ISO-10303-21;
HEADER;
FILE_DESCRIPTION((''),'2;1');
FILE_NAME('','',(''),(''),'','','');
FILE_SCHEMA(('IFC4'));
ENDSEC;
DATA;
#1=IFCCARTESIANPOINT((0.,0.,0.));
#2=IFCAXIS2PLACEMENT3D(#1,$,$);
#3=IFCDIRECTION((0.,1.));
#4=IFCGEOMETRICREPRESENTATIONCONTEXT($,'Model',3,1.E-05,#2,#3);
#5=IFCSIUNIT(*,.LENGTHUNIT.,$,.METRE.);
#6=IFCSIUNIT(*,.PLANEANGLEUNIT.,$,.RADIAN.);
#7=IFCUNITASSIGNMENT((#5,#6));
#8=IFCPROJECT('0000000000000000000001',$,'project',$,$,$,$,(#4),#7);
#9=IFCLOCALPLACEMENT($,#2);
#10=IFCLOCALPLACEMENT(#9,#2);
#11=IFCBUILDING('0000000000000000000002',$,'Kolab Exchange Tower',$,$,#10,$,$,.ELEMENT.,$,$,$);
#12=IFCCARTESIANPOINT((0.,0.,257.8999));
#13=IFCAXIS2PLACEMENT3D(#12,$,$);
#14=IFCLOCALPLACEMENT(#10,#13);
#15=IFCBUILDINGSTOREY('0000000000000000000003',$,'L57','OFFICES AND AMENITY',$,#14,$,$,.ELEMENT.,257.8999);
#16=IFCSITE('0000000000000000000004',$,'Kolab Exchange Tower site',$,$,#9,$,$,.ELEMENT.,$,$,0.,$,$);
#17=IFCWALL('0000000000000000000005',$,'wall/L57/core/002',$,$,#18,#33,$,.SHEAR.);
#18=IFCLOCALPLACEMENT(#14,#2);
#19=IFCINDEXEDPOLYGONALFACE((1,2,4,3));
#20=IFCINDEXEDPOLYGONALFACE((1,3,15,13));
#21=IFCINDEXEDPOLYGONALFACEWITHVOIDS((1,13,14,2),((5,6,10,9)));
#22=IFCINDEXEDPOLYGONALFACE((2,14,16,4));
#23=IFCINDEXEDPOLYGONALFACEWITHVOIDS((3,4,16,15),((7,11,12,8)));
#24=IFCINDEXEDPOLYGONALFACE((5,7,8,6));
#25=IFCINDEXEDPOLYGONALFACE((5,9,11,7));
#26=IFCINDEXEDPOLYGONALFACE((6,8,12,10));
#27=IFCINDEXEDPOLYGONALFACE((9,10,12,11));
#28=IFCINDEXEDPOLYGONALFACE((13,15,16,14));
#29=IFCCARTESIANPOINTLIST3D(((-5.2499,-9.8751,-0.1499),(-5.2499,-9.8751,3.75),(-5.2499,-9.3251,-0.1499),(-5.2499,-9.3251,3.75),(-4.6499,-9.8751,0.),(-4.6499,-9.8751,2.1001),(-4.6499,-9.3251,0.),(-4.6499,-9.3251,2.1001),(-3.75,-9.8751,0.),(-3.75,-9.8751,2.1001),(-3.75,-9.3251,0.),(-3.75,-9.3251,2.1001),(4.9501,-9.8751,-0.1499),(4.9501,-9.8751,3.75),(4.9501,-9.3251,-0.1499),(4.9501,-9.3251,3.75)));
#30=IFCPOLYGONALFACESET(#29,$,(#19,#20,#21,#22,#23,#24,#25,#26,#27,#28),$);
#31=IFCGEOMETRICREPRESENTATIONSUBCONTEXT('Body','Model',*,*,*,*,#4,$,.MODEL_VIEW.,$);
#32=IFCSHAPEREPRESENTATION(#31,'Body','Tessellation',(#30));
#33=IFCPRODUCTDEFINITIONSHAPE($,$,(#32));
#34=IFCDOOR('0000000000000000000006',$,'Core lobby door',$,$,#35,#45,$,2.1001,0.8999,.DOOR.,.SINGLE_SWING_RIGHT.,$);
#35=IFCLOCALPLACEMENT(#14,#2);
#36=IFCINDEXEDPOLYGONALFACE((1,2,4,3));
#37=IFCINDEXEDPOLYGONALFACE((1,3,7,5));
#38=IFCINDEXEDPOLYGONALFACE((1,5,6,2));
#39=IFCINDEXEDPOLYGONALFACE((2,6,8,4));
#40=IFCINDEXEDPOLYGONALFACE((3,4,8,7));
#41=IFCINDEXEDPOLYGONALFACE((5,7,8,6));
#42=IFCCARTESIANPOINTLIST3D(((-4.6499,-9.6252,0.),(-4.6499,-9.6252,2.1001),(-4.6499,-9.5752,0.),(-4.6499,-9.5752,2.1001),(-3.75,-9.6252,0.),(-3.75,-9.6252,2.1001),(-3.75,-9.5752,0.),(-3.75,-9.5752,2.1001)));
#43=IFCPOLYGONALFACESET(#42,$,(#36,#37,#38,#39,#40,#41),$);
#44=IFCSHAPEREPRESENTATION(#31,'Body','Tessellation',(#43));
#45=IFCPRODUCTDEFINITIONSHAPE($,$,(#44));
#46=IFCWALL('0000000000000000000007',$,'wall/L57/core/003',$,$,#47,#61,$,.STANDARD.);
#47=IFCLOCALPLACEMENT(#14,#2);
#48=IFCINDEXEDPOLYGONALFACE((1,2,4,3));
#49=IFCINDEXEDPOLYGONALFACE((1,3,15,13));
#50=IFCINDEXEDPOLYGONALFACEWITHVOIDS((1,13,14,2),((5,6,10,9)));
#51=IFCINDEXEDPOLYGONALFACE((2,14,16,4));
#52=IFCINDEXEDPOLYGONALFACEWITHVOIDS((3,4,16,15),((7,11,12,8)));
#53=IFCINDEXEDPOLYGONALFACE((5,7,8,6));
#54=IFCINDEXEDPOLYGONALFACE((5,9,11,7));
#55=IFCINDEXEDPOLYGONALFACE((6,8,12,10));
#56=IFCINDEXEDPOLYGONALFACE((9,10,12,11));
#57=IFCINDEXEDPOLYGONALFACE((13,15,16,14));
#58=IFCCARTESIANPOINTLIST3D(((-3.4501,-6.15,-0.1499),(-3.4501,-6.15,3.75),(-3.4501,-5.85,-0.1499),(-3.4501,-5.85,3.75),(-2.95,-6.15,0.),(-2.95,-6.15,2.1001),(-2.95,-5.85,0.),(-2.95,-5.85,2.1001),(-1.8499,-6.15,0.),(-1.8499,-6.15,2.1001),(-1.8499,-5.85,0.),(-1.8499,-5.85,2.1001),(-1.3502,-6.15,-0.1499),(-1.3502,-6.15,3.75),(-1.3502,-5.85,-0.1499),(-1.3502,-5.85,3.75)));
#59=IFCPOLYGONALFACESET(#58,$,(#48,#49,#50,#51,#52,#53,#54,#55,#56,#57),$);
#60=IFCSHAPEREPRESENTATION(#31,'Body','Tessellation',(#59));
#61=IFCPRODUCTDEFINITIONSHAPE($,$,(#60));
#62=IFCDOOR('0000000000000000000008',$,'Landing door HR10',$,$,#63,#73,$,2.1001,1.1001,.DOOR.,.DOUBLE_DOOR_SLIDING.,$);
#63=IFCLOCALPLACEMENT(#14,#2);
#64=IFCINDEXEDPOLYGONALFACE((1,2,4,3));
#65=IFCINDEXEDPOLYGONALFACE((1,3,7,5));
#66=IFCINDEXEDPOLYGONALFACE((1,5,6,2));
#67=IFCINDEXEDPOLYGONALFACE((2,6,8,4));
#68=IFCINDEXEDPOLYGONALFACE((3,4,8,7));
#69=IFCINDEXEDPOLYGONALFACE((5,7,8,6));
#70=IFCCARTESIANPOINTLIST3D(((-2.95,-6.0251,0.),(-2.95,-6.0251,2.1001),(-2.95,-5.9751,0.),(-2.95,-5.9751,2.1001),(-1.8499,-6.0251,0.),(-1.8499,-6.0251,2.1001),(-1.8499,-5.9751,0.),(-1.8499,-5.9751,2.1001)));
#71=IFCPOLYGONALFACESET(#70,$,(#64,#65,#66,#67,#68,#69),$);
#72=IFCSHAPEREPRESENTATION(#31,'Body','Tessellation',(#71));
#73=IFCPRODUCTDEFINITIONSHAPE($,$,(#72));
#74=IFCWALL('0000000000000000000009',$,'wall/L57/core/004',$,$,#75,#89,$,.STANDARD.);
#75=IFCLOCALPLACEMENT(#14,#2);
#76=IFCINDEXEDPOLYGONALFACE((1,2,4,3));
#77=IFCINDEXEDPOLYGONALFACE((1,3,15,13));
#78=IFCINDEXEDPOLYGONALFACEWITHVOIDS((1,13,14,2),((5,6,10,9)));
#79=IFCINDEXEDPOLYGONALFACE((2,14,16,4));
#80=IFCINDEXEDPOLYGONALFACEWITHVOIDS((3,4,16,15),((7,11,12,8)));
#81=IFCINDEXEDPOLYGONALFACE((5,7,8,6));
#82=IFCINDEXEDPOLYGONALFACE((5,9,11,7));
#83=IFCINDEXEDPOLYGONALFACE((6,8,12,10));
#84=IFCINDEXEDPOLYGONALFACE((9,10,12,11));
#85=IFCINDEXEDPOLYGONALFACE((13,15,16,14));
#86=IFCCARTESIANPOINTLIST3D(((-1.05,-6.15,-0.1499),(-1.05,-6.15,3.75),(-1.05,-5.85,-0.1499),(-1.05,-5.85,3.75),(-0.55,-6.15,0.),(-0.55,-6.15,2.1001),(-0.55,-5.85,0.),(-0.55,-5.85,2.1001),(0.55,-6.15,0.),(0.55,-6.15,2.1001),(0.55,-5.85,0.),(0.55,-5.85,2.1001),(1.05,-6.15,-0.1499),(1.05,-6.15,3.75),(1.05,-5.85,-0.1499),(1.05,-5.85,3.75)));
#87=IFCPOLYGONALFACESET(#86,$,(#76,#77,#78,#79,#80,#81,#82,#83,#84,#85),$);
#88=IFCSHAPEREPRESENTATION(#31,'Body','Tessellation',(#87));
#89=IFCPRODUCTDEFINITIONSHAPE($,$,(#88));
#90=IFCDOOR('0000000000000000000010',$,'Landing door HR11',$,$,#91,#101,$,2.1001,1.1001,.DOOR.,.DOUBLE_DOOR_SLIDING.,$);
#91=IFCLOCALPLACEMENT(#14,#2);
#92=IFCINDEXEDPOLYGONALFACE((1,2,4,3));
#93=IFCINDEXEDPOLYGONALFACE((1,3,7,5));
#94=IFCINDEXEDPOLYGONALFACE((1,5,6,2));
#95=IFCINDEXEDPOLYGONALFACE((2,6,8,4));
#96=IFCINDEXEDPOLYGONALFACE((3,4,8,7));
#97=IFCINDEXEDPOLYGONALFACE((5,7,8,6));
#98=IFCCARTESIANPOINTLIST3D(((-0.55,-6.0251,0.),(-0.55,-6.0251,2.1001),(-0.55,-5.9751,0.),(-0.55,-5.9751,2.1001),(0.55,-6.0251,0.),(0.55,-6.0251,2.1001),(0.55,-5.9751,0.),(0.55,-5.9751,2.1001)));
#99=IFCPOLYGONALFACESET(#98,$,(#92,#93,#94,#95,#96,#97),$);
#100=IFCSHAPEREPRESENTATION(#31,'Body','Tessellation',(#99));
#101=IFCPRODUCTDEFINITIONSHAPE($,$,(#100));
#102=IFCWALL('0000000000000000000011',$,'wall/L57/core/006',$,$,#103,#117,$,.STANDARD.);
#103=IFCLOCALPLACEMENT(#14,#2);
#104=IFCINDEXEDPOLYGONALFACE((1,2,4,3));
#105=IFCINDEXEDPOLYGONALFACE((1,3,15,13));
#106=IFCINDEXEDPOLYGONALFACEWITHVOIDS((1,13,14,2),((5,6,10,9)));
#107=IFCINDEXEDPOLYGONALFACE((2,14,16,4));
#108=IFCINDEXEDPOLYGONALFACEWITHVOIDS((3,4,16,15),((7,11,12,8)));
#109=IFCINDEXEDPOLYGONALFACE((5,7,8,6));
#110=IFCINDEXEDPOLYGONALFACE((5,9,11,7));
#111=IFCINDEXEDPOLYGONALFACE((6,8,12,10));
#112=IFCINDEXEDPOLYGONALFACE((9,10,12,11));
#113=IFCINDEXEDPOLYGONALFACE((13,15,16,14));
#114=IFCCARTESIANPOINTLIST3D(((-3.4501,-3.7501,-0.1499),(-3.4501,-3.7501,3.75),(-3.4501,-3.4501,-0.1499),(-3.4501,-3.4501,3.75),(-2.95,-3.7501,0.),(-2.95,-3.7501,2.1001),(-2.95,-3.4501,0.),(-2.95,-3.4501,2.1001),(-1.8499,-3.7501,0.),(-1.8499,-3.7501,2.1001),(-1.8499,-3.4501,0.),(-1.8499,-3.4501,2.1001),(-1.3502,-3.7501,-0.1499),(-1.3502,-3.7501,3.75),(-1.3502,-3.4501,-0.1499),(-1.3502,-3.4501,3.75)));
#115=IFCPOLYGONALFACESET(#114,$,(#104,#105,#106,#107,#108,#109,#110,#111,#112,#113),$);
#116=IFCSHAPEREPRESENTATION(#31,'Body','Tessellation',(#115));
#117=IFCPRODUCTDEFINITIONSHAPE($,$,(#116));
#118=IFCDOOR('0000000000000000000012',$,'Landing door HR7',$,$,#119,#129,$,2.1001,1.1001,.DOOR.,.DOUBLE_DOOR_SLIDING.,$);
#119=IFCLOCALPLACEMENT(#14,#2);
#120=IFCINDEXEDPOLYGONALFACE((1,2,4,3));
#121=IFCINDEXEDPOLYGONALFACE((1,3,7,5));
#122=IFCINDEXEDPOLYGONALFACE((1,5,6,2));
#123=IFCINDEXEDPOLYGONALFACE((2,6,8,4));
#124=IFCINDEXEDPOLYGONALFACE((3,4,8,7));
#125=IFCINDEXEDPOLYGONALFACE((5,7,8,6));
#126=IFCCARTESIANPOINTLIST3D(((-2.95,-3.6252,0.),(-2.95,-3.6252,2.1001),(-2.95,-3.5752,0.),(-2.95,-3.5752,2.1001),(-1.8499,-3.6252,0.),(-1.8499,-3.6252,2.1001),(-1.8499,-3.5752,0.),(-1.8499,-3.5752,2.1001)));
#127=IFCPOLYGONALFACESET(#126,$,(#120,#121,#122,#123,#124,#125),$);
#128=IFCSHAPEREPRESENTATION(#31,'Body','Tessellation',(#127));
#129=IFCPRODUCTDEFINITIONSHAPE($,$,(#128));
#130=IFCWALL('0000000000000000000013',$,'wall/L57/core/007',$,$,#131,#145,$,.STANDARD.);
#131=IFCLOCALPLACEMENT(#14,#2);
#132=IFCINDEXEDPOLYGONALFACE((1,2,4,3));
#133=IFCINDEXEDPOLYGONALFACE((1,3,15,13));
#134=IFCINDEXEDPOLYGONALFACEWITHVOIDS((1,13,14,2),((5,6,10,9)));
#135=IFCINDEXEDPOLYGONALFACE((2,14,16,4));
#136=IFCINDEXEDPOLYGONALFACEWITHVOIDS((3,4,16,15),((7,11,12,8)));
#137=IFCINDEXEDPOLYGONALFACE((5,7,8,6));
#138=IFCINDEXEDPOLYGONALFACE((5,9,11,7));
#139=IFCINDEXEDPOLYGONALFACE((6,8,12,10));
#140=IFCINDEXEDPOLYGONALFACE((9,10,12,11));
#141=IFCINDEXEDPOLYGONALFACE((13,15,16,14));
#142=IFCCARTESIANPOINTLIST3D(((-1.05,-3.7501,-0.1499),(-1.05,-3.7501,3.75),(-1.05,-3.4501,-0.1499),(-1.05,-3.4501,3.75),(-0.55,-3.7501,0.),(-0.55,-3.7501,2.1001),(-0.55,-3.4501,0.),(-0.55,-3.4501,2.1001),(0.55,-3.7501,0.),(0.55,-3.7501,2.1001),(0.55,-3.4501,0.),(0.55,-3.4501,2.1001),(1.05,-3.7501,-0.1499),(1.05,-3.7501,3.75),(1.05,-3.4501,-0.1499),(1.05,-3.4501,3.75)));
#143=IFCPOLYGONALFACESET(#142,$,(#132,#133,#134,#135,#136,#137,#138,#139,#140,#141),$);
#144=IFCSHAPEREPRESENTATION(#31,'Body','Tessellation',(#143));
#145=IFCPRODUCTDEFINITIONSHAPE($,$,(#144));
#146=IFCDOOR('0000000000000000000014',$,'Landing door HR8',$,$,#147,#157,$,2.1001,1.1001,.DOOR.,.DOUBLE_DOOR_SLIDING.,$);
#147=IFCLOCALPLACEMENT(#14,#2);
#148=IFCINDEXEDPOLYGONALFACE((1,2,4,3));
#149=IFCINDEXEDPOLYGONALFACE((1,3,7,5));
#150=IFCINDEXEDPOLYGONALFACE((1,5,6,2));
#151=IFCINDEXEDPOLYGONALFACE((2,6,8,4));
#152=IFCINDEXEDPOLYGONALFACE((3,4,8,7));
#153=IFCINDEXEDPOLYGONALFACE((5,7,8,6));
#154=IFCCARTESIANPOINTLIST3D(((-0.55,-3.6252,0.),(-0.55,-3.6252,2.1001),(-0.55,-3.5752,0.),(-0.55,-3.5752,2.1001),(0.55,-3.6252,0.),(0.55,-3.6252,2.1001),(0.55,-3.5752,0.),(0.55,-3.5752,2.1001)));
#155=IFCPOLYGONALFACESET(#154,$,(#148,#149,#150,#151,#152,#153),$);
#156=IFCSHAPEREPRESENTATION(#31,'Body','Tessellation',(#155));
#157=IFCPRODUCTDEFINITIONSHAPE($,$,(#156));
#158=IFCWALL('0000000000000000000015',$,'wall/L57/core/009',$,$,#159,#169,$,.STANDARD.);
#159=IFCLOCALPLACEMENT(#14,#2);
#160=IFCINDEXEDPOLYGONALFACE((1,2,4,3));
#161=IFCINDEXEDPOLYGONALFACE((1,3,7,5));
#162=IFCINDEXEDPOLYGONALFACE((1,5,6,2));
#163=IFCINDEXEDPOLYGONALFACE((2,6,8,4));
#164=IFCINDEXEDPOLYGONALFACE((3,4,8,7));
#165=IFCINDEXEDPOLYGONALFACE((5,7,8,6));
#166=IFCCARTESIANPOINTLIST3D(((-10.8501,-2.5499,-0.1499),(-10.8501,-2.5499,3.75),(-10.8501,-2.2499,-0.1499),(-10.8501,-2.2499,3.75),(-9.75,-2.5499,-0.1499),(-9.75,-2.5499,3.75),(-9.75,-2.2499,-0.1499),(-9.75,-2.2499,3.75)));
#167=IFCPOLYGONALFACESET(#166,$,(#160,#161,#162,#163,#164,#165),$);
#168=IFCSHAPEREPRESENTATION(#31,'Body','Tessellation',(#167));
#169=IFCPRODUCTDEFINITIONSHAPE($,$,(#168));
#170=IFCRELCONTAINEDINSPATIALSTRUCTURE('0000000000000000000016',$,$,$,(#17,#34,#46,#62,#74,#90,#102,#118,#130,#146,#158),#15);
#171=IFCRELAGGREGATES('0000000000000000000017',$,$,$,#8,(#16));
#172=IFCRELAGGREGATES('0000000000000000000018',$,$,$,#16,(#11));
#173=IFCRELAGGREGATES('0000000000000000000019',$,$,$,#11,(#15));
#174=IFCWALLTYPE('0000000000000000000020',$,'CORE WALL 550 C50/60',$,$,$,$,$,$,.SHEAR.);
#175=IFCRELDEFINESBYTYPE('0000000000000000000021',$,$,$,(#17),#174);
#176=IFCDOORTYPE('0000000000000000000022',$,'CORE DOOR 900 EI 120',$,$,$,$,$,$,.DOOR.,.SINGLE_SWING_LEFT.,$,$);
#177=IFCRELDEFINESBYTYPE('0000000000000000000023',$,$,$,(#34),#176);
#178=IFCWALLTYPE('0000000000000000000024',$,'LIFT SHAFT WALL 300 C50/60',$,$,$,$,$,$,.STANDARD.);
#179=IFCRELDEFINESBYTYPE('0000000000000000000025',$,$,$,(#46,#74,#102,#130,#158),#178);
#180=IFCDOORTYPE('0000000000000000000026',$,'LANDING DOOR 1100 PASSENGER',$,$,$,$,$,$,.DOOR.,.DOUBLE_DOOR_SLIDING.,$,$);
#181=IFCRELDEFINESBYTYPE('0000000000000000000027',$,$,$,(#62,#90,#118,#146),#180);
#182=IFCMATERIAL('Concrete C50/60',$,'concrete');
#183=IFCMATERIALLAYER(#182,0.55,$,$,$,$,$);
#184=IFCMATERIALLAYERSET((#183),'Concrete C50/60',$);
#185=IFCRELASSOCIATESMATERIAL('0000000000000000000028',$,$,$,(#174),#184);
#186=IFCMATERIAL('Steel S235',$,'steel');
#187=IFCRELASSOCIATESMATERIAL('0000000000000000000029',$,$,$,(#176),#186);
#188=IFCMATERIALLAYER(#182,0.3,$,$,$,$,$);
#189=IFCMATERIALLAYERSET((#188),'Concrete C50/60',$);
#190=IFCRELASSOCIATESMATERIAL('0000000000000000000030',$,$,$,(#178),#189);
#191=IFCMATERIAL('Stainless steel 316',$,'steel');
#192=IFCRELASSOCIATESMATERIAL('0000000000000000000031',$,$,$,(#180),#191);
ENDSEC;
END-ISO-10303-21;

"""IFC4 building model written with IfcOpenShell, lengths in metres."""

from ifc_helpers import new_model, si_unit, direction, frame, frame_2d, origin, place, context, subcontext, project, spatial, rectangle, extrude, material, layer, layer_set, type_object, element, fill, save


model = new_model("IFC4")

# Units and contexts
model_context = context("Model", 3, precision=1e-05, world=origin(), true_north=direction((0.0, 1.0)))
body_context = subcontext(model_context, "Body", "Model", "MODEL_VIEW")
ifc_project = project(units=[si_unit("LENGTHUNIT", "METRE"), si_unit("PLANEANGLEUNIT", "RADIAN")], contexts=[model_context])

# Site, building, storey
site_placement = place(None, origin())
site = spatial("IfcSite", under=ifc_project, at=site_placement, Name="Kolab Exchange Tower site", CompositionType="ELEMENT", RefElevation=0.0)
building_placement = place(site_placement, origin())
building = spatial("IfcBuilding", under=site, at=building_placement, Name="Kolab Exchange Tower", CompositionType="ELEMENT")
storey_placement = place(building_placement, frame((0.0, 0.0, 257.8999)))
storey = spatial("IfcBuildingStorey", under=building, at=storey_placement, Name="L57", Description="OFFICES AND AMENITY", CompositionType="ELEMENT", Elevation=257.8999)

# Walls, openings, doors
ifc_material_1 = material(Name="Concrete C50/60", Category="concrete")
ifc_layer_1 = layer(ifc_material_1, 0.55)
ifc_layer_set_1 = layer_set([ifc_layer_1], Name="Concrete C50/60")
wall_type_1 = type_object("IfcWallType", Name="CORE WALL 550 C50/60", PredefinedType="SHEAR", material=ifc_layer_set_1)
wall_1_placement = place(storey_placement, frame((-5.25, -9.6001, -0.1499), z_axis=(0.0, 0.0, 1.0), x_axis=(1.0, 0.0, 0.0)))
wall_1 = element("IfcWall", 1, at=wall_1_placement, inside=storey, type_object=wall_type_1, Name="wall/L57/core/002", PredefinedType="SHEAR", context=body_context, shape_type="SweptSolid", body=[
    extrude(rectangle(XDim=10.2, YDim=0.55, at=frame_2d((5.1001, 0.0))), origin(), (0.0, 0.0, 1.0), 3.8999),
])
opening_1_placement = place(wall_1_placement, frame((0.6001, 0.0, 0.1499)))
opening_1 = element("IfcOpeningElement", 2, at=opening_1_placement, cuts=wall_1, PredefinedType="OPENING", context=body_context, shape_type="SweptSolid", body=[
    extrude(rectangle(XDim=0.8999, YDim=2.1001, at=frame_2d((0.45, 1.05))), frame((0.0, 0.2852, 0.0), z_axis=(0.0, -1.0, 0.0), x_axis=(1.0, 0.0, 0.0)), (0.0, 0.0, 1.0), 0.5701),
])
ifc_material_2 = material(Name="Steel S235", Category="steel")
door_type_1 = type_object("IfcDoorType", Name="CORE DOOR 900 EI 120", OperationType="SINGLE_SWING_LEFT", PredefinedType="DOOR", material=ifc_material_2)
door_1_placement = place(opening_1_placement, origin())
door_1 = element("IfcDoor", 3, at=door_1_placement, inside=storey, type_object=door_type_1, Name="Core lobby door", OperationType="SINGLE_SWING_RIGHT", OverallHeight=2.1001, OverallWidth=0.8999, PredefinedType="DOOR", context=body_context, shape_type="SweptSolid", body=[
    extrude(rectangle(XDim=0.8999, YDim=2.1001, at=frame_2d((0.45, 1.05))), frame((0.0, 0.0249, 0.0), z_axis=(0.0, -1.0, 0.0), x_axis=(1.0, 0.0, 0.0)), (0.0, 0.0, 1.0), 0.05),
])
fill(opening_1, door_1)
ifc_layer_2 = layer(ifc_material_1, 0.3)
ifc_layer_set_2 = layer_set([ifc_layer_2], Name="Concrete C50/60")
wall_type_2 = type_object("IfcWallType", Name="LIFT SHAFT WALL 300 C50/60", PredefinedType="STANDARD", material=ifc_layer_set_2)
wall_2_placement = place(storey_placement, frame((-3.45, -6.0, -0.1499), z_axis=(0.0, 0.0, 1.0), x_axis=(1.0, 0.0, 0.0)))
wall_2 = element("IfcWall", 4, at=wall_2_placement, inside=storey, type_object=wall_type_2, Name="wall/L57/core/003", PredefinedType="STANDARD", context=body_context, shape_type="SweptSolid", body=[
    extrude(rectangle(XDim=2.0999, YDim=0.3, at=frame_2d((1.0498, 0.0))), origin(), (0.0, 0.0, 1.0), 3.8999),
])
opening_2_placement = place(wall_2_placement, frame((0.5, 0.0, 0.1499)))
opening_2 = element("IfcOpeningElement", 5, at=opening_2_placement, cuts=wall_2, PredefinedType="OPENING", context=body_context, shape_type="SweptSolid", body=[
    extrude(rectangle(XDim=1.1001, YDim=2.1001, at=frame_2d((0.55, 1.05))), frame((0.0, 0.1602, 0.0), z_axis=(0.0, -1.0, 0.0), x_axis=(1.0, 0.0, 0.0)), (0.0, 0.0, 1.0), 0.3201),
])
ifc_material_3 = material(Name="Stainless steel 316", Category="steel")
door_type_2 = type_object("IfcDoorType", Name="LANDING DOOR 1100 PASSENGER", OperationType="DOUBLE_DOOR_SLIDING", PredefinedType="DOOR", material=ifc_material_3)
door_2_placement = place(opening_2_placement, origin())
door_2 = element("IfcDoor", 6, at=door_2_placement, inside=storey, type_object=door_type_2, Name="Landing door HR10", OperationType="DOUBLE_DOOR_SLIDING", OverallHeight=2.1001, OverallWidth=1.1001, PredefinedType="DOOR", context=body_context, shape_type="SweptSolid", body=[
    extrude(rectangle(XDim=1.1001, YDim=2.1001, at=frame_2d((0.55, 1.05))), frame((0.0, 0.0249, 0.0), z_axis=(0.0, -1.0, 0.0), x_axis=(1.0, 0.0, 0.0)), (0.0, 0.0, 1.0), 0.05),
])
fill(opening_2, door_2)
wall_3_placement = place(storey_placement, frame((-1.05, -6.0, -0.1499), z_axis=(0.0, 0.0, 1.0), x_axis=(1.0, 0.0, 0.0)))
wall_3 = element("IfcWall", 7, at=wall_3_placement, inside=storey, type_object=wall_type_2, Name="wall/L57/core/004", PredefinedType="STANDARD", context=body_context, shape_type="SweptSolid", body=[
    extrude(rectangle(XDim=2.1001, YDim=0.3, at=frame_2d((1.05, 0.0))), origin(), (0.0, 0.0, 1.0), 3.8999),
])
opening_3_placement = place(wall_3_placement, frame((0.5, 0.0, 0.1499)))
opening_3 = element("IfcOpeningElement", 8, at=opening_3_placement, cuts=wall_3, PredefinedType="OPENING", context=body_context, shape_type="SweptSolid", body=[
    extrude(rectangle(XDim=1.1001, YDim=2.1001, at=frame_2d((0.55, 1.05))), frame((0.0, 0.1602, 0.0), z_axis=(0.0, -1.0, 0.0), x_axis=(1.0, 0.0, 0.0)), (0.0, 0.0, 1.0), 0.3201),
])
door_3_placement = place(opening_3_placement, origin())
door_3 = element("IfcDoor", 9, at=door_3_placement, inside=storey, type_object=door_type_2, Name="Landing door HR11", OperationType="DOUBLE_DOOR_SLIDING", OverallHeight=2.1001, OverallWidth=1.1001, PredefinedType="DOOR", context=body_context, shape_type="SweptSolid", body=[
    extrude(rectangle(XDim=1.1001, YDim=2.1001, at=frame_2d((0.55, 1.05))), frame((0.0, 0.0249, 0.0), z_axis=(0.0, -1.0, 0.0), x_axis=(1.0, 0.0, 0.0)), (0.0, 0.0, 1.0), 0.05),
])
fill(opening_3, door_3)
wall_4_placement = place(storey_placement, frame((-3.45, -3.6001, -0.1499), z_axis=(0.0, 0.0, 1.0), x_axis=(1.0, 0.0, 0.0)))
wall_4 = element("IfcWall", 10, at=wall_4_placement, inside=storey, type_object=wall_type_2, Name="wall/L57/core/006", PredefinedType="STANDARD", context=body_context, shape_type="SweptSolid", body=[
    extrude(rectangle(XDim=2.0999, YDim=0.3, at=frame_2d((1.0498, 0.0))), origin(), (0.0, 0.0, 1.0), 3.8999),
])
opening_4_placement = place(wall_4_placement, frame((0.5, 0.0, 0.1499)))
opening_4 = element("IfcOpeningElement", 11, at=opening_4_placement, cuts=wall_4, PredefinedType="OPENING", context=body_context, shape_type="SweptSolid", body=[
    extrude(rectangle(XDim=1.1001, YDim=2.1001, at=frame_2d((0.55, 1.05))), frame((0.0, 0.1602, 0.0), z_axis=(0.0, -1.0, 0.0), x_axis=(1.0, 0.0, 0.0)), (0.0, 0.0, 1.0), 0.3201),
])
door_4_placement = place(opening_4_placement, origin())
door_4 = element("IfcDoor", 12, at=door_4_placement, inside=storey, type_object=door_type_2, Name="Landing door HR7", OperationType="DOUBLE_DOOR_SLIDING", OverallHeight=2.1001, OverallWidth=1.1001, PredefinedType="DOOR", context=body_context, shape_type="SweptSolid", body=[
    extrude(rectangle(XDim=1.1001, YDim=2.1001, at=frame_2d((0.55, 1.05))), frame((0.0, 0.0249, 0.0), z_axis=(0.0, -1.0, 0.0), x_axis=(1.0, 0.0, 0.0)), (0.0, 0.0, 1.0), 0.05),
])
fill(opening_4, door_4)
wall_5_placement = place(storey_placement, frame((-1.05, -3.6001, -0.1499), z_axis=(0.0, 0.0, 1.0), x_axis=(1.0, 0.0, 0.0)))
wall_5 = element("IfcWall", 13, at=wall_5_placement, inside=storey, type_object=wall_type_2, Name="wall/L57/core/007", PredefinedType="STANDARD", context=body_context, shape_type="SweptSolid", body=[
    extrude(rectangle(XDim=2.1001, YDim=0.3, at=frame_2d((1.05, 0.0))), origin(), (0.0, 0.0, 1.0), 3.8999),
])
opening_5_placement = place(wall_5_placement, frame((0.5, 0.0, 0.1499)))
opening_5 = element("IfcOpeningElement", 14, at=opening_5_placement, cuts=wall_5, PredefinedType="OPENING", context=body_context, shape_type="SweptSolid", body=[
    extrude(rectangle(XDim=1.1001, YDim=2.1001, at=frame_2d((0.55, 1.05))), frame((0.0, 0.1602, 0.0), z_axis=(0.0, -1.0, 0.0), x_axis=(1.0, 0.0, 0.0)), (0.0, 0.0, 1.0), 0.3201),
])
door_5_placement = place(opening_5_placement, origin())
door_5 = element("IfcDoor", 15, at=door_5_placement, inside=storey, type_object=door_type_2, Name="Landing door HR8", OperationType="DOUBLE_DOOR_SLIDING", OverallHeight=2.1001, OverallWidth=1.1001, PredefinedType="DOOR", context=body_context, shape_type="SweptSolid", body=[
    extrude(rectangle(XDim=1.1001, YDim=2.1001, at=frame_2d((0.55, 1.05))), frame((0.0, 0.0249, 0.0), z_axis=(0.0, -1.0, 0.0), x_axis=(1.0, 0.0, 0.0)), (0.0, 0.0, 1.0), 0.05),
])
fill(opening_5, door_5)

# Wall
wall_6_placement = place(storey_placement, frame((-10.8501, -2.3999, -0.1499), z_axis=(0.0, 0.0, 1.0), x_axis=(1.0, 0.0, 0.0)))
element("IfcWall", 16, at=wall_6_placement, inside=storey, type_object=wall_type_2, Name="wall/L57/core/009", PredefinedType="STANDARD", context=body_context, shape_type="SweptSolid", body=[
    extrude(rectangle(XDim=1.1001, YDim=0.3, at=frame_2d((0.55, 0.0))), origin(), (0.0, 0.0, 1.0), 3.8999),
])

save(model, "model.ifc")
